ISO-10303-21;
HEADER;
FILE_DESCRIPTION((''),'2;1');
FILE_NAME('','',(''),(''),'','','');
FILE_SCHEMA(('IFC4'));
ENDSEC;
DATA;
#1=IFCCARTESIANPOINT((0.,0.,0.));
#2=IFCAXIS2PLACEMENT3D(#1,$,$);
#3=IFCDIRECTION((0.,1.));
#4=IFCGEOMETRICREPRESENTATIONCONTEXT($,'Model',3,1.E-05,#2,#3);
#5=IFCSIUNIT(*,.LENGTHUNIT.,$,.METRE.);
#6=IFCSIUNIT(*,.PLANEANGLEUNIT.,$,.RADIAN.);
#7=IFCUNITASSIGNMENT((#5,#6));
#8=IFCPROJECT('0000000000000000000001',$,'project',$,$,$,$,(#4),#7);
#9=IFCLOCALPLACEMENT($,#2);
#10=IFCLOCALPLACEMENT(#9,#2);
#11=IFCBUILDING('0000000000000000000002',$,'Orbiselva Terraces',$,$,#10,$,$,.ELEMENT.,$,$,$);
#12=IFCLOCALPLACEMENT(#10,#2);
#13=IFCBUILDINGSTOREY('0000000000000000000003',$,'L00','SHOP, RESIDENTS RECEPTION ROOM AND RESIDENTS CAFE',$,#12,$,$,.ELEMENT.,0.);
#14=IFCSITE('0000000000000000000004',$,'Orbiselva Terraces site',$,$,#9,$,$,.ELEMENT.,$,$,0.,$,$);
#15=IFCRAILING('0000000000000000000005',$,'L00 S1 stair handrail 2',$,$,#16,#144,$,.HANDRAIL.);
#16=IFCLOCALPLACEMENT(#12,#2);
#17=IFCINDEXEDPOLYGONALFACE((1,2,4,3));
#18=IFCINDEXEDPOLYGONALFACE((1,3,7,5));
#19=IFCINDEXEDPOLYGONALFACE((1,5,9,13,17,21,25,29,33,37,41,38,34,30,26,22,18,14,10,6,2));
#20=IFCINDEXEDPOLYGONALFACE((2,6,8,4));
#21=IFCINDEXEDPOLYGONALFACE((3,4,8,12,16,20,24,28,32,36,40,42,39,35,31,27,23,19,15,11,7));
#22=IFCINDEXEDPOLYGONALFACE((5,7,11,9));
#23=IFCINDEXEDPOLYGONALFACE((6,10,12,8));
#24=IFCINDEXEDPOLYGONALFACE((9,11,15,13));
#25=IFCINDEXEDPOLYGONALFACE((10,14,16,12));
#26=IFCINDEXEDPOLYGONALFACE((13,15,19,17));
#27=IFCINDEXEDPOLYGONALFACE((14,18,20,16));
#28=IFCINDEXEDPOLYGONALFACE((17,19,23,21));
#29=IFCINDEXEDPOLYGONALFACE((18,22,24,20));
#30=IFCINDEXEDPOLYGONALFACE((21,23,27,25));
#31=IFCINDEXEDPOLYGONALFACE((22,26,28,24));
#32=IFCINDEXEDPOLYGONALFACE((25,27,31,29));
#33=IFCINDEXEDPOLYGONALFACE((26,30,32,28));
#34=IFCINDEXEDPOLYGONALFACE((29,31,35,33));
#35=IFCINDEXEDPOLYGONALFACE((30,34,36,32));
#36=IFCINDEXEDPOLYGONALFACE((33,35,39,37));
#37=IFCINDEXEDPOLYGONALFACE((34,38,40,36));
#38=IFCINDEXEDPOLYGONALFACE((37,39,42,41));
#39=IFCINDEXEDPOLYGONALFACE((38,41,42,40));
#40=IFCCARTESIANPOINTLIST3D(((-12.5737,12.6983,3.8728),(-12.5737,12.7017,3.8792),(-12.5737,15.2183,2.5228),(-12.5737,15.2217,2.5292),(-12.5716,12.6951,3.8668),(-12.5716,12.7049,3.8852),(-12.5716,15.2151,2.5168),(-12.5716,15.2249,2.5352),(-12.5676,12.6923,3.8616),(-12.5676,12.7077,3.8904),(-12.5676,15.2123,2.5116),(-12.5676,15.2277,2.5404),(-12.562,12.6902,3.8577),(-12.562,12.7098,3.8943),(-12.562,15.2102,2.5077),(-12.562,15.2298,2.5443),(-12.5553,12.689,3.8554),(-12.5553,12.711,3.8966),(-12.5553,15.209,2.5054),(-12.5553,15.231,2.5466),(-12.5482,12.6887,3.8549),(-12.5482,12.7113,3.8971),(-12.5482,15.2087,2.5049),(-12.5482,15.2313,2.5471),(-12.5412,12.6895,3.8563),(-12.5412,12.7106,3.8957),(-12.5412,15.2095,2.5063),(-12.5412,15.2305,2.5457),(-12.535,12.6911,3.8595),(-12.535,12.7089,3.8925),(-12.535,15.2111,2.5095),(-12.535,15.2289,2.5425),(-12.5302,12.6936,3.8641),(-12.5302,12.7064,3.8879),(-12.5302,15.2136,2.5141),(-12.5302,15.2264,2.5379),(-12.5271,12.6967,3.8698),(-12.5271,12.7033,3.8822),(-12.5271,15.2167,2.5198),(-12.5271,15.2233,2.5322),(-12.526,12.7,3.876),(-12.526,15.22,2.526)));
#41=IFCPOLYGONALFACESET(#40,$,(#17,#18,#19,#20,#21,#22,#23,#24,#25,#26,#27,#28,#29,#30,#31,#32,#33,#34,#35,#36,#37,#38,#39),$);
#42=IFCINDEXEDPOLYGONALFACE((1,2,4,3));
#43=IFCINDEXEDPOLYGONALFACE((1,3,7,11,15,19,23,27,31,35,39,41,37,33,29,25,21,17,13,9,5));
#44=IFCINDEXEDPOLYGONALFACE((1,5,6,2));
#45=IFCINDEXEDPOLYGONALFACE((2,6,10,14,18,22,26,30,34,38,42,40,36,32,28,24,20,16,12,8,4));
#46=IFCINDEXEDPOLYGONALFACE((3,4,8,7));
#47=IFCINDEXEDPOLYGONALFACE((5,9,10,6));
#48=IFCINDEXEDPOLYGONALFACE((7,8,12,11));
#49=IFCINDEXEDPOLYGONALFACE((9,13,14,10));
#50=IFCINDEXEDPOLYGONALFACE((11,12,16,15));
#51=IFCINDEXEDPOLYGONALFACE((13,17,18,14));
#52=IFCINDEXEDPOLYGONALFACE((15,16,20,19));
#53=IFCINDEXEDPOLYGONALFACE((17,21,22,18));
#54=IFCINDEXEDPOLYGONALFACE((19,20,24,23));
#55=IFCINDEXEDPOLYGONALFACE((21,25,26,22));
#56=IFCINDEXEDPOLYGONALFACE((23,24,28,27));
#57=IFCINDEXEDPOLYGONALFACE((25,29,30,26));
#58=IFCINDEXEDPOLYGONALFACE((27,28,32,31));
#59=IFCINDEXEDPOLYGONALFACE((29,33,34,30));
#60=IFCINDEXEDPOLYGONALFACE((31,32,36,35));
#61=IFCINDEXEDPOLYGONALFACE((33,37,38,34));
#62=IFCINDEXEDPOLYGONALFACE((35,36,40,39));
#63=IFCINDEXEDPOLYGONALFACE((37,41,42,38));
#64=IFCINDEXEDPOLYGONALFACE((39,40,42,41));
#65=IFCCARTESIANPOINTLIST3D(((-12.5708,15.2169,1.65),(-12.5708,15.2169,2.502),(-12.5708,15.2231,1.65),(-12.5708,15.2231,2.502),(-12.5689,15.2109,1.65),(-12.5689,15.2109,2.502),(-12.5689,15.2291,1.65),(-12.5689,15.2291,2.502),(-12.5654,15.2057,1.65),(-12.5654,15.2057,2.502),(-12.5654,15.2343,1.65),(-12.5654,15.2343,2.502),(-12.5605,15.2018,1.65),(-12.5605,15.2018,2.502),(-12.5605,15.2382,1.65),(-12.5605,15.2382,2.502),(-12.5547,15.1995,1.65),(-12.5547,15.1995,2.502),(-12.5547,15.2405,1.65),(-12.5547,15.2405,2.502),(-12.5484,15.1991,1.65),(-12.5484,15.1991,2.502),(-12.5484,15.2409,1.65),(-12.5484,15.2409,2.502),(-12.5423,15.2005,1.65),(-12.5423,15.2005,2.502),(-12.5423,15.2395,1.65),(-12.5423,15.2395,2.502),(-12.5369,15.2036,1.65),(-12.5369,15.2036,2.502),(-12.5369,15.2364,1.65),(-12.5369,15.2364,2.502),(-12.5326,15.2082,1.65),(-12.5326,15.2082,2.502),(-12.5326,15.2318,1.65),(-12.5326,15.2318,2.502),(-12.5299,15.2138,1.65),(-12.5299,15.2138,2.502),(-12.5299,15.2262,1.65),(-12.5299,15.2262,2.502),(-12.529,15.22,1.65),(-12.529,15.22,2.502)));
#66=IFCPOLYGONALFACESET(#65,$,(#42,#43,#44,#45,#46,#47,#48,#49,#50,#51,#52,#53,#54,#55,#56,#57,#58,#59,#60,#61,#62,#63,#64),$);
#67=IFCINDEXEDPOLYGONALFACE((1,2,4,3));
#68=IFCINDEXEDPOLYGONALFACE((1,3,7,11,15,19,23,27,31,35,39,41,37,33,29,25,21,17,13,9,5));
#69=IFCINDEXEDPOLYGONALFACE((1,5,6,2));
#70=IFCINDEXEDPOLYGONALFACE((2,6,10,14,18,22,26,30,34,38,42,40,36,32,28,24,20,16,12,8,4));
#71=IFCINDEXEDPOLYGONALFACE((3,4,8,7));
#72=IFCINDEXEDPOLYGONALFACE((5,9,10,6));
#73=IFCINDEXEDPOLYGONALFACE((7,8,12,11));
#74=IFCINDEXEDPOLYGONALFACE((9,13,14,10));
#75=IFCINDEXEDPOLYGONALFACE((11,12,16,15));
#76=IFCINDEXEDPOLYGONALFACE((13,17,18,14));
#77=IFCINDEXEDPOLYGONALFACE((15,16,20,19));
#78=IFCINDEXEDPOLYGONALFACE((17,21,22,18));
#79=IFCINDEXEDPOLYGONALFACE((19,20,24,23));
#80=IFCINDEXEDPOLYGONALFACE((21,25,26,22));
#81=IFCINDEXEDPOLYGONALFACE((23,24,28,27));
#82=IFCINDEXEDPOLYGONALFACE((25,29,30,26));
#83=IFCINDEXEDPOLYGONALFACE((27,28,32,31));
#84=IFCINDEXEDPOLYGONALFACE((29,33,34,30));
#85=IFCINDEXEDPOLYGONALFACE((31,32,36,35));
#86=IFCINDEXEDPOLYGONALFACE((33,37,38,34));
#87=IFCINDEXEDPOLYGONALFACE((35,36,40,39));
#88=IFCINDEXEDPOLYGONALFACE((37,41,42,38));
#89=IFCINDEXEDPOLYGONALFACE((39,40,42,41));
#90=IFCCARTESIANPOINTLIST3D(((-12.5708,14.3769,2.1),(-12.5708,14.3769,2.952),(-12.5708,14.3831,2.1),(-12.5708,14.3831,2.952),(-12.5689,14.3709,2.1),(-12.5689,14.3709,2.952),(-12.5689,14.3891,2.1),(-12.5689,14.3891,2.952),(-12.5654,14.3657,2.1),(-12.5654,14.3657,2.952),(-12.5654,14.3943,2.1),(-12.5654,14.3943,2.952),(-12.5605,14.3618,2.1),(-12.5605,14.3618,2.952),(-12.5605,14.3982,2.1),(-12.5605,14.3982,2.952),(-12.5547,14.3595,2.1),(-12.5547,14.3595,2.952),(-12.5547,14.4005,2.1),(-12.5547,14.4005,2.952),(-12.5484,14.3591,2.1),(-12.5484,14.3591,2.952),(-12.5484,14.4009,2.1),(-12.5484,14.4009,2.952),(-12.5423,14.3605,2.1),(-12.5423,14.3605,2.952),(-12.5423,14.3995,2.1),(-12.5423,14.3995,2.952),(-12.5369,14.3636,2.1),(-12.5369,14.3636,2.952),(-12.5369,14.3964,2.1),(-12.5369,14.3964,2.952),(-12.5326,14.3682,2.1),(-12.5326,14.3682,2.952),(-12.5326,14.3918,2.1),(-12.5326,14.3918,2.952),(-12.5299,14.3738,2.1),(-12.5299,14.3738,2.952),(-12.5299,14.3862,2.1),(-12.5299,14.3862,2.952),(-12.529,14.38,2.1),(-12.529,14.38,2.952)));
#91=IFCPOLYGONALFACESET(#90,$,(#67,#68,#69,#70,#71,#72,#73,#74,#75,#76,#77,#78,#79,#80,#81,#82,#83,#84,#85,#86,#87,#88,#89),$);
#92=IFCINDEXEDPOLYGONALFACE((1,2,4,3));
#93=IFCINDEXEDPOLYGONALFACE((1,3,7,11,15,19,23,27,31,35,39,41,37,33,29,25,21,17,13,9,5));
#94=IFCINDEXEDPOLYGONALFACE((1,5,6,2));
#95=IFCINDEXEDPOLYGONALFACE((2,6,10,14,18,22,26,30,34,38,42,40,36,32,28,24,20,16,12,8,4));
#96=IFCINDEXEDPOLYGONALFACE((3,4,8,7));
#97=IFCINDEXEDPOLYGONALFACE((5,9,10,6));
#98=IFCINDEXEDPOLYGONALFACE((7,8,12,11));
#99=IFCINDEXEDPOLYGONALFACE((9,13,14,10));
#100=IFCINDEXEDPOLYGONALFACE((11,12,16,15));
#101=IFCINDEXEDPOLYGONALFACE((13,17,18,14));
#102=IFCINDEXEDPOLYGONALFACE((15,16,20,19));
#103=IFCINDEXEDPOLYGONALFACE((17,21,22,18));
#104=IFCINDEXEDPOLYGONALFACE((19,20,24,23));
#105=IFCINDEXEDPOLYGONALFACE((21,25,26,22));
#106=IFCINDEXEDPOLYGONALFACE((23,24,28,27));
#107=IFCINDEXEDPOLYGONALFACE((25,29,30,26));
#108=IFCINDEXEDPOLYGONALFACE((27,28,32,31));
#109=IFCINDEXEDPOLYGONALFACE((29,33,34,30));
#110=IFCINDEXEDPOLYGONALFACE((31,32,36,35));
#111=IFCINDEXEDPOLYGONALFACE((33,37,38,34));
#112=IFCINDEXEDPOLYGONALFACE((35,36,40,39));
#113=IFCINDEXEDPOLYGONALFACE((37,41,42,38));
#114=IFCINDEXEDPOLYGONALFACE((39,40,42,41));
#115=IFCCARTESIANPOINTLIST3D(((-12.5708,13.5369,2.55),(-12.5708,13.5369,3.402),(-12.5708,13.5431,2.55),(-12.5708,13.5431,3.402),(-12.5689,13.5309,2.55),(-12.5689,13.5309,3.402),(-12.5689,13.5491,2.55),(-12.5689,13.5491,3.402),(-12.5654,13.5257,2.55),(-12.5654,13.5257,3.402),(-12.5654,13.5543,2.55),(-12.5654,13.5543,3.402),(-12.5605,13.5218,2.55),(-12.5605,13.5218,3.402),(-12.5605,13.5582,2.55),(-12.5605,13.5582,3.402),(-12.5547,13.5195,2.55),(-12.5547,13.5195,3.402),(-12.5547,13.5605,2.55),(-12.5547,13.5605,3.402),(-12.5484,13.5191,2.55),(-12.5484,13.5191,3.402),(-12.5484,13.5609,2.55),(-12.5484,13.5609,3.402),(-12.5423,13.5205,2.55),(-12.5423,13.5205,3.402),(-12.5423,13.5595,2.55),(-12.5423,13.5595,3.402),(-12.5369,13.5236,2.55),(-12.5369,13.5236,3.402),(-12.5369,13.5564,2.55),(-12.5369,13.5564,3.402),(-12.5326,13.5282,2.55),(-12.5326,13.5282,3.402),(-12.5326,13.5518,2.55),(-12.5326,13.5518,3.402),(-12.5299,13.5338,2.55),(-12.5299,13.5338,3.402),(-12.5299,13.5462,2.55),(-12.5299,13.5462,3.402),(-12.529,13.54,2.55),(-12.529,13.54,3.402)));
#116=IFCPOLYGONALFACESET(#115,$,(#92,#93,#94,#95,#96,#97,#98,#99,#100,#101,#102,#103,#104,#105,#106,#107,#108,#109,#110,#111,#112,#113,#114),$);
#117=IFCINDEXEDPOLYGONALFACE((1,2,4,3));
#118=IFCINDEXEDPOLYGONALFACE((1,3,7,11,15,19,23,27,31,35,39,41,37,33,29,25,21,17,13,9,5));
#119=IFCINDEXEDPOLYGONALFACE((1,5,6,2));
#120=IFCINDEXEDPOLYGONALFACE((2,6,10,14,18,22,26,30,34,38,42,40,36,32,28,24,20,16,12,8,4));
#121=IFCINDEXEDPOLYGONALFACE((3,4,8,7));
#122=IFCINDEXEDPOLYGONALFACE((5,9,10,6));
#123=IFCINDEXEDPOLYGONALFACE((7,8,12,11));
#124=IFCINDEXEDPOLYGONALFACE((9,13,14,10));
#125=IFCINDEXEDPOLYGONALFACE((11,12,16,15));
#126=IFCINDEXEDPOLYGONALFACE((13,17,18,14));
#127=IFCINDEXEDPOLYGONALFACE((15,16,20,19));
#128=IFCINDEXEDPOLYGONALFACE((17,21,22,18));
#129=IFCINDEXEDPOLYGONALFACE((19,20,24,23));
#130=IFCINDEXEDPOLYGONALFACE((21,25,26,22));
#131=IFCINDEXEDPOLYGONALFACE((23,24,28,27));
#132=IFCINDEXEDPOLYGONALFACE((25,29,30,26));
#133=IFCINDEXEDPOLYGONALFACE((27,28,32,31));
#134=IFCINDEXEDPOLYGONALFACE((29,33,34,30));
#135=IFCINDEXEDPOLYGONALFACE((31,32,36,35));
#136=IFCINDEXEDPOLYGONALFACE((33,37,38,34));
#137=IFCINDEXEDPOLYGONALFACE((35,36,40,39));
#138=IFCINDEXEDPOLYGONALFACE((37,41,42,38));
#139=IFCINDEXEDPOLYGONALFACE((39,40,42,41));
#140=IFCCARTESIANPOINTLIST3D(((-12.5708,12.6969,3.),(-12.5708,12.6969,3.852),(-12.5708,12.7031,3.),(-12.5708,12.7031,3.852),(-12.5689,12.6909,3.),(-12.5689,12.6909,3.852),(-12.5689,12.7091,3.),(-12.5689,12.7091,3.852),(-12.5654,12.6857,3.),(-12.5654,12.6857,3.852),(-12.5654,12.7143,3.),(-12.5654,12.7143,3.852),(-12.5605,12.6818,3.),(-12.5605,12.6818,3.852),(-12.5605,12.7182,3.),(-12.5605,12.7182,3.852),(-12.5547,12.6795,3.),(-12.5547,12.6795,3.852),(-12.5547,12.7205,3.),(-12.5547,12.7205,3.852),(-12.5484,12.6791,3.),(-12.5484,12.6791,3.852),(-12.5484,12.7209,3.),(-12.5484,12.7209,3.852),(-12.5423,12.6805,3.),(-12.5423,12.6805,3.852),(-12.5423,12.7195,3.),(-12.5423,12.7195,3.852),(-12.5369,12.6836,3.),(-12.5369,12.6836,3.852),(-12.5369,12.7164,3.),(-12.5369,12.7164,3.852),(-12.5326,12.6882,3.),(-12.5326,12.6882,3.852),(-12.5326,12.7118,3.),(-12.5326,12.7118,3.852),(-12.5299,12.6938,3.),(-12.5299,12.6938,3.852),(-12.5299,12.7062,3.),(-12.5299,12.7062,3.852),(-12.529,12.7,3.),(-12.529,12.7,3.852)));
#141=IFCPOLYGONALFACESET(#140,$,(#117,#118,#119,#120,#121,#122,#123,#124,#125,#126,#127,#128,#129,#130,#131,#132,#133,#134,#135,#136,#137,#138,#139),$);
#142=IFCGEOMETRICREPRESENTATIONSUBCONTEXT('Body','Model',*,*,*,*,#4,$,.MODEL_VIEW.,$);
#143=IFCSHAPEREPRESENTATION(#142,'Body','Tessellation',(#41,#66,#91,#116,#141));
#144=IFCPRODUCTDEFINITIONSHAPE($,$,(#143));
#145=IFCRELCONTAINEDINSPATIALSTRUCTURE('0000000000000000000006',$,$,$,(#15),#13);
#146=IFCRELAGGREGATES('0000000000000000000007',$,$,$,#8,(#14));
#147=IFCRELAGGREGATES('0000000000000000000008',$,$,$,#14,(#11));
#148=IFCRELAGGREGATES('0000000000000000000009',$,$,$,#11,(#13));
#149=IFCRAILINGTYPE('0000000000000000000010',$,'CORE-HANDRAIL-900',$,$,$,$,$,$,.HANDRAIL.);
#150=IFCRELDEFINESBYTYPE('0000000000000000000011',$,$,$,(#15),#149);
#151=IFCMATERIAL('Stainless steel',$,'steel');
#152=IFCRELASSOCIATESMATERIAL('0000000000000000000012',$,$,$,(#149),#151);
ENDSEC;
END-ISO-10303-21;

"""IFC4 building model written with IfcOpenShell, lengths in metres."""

from ifc_helpers import new_model, si_unit, direction, frame, origin, origin_2d, place, context, subcontext, project, spatial, circle, extrude, material, type_object, element, save


model = new_model("IFC4")

# Units and contexts
model_context = context("Model", 3, precision=1e-05, world=origin(), true_north=direction((0.0, 1.0)))
body_context = subcontext(model_context, "Body", "Model", "MODEL_VIEW")
ifc_project = project(units=[si_unit("LENGTHUNIT", "METRE"), si_unit("PLANEANGLEUNIT", "RADIAN")], contexts=[model_context])

# Site, building, storey
site_placement = place(None, origin())
site = spatial("IfcSite", under=ifc_project, at=site_placement, Name="Orbiselva Terraces site", CompositionType="ELEMENT", RefElevation=0.0)
building_placement = place(site_placement, origin())
building = spatial("IfcBuilding", under=site, at=building_placement, Name="Orbiselva Terraces", CompositionType="ELEMENT")
storey_placement = place(building_placement, origin())
storey = spatial("IfcBuildingStorey", under=building, at=storey_placement, Name="L00", Description="SHOP, RESIDENTS RECEPTION ROOM AND RESIDENTS CAFE", CompositionType="ELEMENT", Elevation=0.0)

# Railing
ifc_material_1 = material(Name="Stainless steel", Category="steel")
railing_type_1 = type_object("IfcRailingType", Name="CORE-HANDRAIL-900", PredefinedType="HANDRAIL", material=ifc_material_1)
railing_1_placement = place(storey_placement, frame((-12.55, 15.22, 1.65)))
element("IfcRailing", 1, at=railing_1_placement, inside=storey, type_object=railing_type_1, Name="L00 S1 stair handrail 2", PredefinedType="HANDRAIL", context=body_context, shape_type="SweptSolid", body=[
    extrude(circle(Radius=0.024, at=origin_2d()), frame((0.0, 0.0, 0.876), z_axis=(0.0, -0.88148, 0.472221), x_axis=(1.0, 0.0, 0.0)), (0.0, 0.0, 1.0), 2.8588),
    extrude(circle(Radius=0.021, at=origin_2d()), origin(), (0.0, 0.0, 1.0), 0.852),
    extrude(circle(Radius=0.021, at=origin_2d()), frame((0.0, -0.84, 0.45)), (0.0, 0.0, 1.0), 0.852),
    extrude(circle(Radius=0.021, at=origin_2d()), frame((0.0, -1.68, 0.9)), (0.0, 0.0, 1.0), 0.852),
    extrude(circle(Radius=0.021, at=origin_2d()), frame((0.0, -2.52, 1.35)), (0.0, 0.0, 1.0), 0.852),
])

save(model, "model.ifc")
